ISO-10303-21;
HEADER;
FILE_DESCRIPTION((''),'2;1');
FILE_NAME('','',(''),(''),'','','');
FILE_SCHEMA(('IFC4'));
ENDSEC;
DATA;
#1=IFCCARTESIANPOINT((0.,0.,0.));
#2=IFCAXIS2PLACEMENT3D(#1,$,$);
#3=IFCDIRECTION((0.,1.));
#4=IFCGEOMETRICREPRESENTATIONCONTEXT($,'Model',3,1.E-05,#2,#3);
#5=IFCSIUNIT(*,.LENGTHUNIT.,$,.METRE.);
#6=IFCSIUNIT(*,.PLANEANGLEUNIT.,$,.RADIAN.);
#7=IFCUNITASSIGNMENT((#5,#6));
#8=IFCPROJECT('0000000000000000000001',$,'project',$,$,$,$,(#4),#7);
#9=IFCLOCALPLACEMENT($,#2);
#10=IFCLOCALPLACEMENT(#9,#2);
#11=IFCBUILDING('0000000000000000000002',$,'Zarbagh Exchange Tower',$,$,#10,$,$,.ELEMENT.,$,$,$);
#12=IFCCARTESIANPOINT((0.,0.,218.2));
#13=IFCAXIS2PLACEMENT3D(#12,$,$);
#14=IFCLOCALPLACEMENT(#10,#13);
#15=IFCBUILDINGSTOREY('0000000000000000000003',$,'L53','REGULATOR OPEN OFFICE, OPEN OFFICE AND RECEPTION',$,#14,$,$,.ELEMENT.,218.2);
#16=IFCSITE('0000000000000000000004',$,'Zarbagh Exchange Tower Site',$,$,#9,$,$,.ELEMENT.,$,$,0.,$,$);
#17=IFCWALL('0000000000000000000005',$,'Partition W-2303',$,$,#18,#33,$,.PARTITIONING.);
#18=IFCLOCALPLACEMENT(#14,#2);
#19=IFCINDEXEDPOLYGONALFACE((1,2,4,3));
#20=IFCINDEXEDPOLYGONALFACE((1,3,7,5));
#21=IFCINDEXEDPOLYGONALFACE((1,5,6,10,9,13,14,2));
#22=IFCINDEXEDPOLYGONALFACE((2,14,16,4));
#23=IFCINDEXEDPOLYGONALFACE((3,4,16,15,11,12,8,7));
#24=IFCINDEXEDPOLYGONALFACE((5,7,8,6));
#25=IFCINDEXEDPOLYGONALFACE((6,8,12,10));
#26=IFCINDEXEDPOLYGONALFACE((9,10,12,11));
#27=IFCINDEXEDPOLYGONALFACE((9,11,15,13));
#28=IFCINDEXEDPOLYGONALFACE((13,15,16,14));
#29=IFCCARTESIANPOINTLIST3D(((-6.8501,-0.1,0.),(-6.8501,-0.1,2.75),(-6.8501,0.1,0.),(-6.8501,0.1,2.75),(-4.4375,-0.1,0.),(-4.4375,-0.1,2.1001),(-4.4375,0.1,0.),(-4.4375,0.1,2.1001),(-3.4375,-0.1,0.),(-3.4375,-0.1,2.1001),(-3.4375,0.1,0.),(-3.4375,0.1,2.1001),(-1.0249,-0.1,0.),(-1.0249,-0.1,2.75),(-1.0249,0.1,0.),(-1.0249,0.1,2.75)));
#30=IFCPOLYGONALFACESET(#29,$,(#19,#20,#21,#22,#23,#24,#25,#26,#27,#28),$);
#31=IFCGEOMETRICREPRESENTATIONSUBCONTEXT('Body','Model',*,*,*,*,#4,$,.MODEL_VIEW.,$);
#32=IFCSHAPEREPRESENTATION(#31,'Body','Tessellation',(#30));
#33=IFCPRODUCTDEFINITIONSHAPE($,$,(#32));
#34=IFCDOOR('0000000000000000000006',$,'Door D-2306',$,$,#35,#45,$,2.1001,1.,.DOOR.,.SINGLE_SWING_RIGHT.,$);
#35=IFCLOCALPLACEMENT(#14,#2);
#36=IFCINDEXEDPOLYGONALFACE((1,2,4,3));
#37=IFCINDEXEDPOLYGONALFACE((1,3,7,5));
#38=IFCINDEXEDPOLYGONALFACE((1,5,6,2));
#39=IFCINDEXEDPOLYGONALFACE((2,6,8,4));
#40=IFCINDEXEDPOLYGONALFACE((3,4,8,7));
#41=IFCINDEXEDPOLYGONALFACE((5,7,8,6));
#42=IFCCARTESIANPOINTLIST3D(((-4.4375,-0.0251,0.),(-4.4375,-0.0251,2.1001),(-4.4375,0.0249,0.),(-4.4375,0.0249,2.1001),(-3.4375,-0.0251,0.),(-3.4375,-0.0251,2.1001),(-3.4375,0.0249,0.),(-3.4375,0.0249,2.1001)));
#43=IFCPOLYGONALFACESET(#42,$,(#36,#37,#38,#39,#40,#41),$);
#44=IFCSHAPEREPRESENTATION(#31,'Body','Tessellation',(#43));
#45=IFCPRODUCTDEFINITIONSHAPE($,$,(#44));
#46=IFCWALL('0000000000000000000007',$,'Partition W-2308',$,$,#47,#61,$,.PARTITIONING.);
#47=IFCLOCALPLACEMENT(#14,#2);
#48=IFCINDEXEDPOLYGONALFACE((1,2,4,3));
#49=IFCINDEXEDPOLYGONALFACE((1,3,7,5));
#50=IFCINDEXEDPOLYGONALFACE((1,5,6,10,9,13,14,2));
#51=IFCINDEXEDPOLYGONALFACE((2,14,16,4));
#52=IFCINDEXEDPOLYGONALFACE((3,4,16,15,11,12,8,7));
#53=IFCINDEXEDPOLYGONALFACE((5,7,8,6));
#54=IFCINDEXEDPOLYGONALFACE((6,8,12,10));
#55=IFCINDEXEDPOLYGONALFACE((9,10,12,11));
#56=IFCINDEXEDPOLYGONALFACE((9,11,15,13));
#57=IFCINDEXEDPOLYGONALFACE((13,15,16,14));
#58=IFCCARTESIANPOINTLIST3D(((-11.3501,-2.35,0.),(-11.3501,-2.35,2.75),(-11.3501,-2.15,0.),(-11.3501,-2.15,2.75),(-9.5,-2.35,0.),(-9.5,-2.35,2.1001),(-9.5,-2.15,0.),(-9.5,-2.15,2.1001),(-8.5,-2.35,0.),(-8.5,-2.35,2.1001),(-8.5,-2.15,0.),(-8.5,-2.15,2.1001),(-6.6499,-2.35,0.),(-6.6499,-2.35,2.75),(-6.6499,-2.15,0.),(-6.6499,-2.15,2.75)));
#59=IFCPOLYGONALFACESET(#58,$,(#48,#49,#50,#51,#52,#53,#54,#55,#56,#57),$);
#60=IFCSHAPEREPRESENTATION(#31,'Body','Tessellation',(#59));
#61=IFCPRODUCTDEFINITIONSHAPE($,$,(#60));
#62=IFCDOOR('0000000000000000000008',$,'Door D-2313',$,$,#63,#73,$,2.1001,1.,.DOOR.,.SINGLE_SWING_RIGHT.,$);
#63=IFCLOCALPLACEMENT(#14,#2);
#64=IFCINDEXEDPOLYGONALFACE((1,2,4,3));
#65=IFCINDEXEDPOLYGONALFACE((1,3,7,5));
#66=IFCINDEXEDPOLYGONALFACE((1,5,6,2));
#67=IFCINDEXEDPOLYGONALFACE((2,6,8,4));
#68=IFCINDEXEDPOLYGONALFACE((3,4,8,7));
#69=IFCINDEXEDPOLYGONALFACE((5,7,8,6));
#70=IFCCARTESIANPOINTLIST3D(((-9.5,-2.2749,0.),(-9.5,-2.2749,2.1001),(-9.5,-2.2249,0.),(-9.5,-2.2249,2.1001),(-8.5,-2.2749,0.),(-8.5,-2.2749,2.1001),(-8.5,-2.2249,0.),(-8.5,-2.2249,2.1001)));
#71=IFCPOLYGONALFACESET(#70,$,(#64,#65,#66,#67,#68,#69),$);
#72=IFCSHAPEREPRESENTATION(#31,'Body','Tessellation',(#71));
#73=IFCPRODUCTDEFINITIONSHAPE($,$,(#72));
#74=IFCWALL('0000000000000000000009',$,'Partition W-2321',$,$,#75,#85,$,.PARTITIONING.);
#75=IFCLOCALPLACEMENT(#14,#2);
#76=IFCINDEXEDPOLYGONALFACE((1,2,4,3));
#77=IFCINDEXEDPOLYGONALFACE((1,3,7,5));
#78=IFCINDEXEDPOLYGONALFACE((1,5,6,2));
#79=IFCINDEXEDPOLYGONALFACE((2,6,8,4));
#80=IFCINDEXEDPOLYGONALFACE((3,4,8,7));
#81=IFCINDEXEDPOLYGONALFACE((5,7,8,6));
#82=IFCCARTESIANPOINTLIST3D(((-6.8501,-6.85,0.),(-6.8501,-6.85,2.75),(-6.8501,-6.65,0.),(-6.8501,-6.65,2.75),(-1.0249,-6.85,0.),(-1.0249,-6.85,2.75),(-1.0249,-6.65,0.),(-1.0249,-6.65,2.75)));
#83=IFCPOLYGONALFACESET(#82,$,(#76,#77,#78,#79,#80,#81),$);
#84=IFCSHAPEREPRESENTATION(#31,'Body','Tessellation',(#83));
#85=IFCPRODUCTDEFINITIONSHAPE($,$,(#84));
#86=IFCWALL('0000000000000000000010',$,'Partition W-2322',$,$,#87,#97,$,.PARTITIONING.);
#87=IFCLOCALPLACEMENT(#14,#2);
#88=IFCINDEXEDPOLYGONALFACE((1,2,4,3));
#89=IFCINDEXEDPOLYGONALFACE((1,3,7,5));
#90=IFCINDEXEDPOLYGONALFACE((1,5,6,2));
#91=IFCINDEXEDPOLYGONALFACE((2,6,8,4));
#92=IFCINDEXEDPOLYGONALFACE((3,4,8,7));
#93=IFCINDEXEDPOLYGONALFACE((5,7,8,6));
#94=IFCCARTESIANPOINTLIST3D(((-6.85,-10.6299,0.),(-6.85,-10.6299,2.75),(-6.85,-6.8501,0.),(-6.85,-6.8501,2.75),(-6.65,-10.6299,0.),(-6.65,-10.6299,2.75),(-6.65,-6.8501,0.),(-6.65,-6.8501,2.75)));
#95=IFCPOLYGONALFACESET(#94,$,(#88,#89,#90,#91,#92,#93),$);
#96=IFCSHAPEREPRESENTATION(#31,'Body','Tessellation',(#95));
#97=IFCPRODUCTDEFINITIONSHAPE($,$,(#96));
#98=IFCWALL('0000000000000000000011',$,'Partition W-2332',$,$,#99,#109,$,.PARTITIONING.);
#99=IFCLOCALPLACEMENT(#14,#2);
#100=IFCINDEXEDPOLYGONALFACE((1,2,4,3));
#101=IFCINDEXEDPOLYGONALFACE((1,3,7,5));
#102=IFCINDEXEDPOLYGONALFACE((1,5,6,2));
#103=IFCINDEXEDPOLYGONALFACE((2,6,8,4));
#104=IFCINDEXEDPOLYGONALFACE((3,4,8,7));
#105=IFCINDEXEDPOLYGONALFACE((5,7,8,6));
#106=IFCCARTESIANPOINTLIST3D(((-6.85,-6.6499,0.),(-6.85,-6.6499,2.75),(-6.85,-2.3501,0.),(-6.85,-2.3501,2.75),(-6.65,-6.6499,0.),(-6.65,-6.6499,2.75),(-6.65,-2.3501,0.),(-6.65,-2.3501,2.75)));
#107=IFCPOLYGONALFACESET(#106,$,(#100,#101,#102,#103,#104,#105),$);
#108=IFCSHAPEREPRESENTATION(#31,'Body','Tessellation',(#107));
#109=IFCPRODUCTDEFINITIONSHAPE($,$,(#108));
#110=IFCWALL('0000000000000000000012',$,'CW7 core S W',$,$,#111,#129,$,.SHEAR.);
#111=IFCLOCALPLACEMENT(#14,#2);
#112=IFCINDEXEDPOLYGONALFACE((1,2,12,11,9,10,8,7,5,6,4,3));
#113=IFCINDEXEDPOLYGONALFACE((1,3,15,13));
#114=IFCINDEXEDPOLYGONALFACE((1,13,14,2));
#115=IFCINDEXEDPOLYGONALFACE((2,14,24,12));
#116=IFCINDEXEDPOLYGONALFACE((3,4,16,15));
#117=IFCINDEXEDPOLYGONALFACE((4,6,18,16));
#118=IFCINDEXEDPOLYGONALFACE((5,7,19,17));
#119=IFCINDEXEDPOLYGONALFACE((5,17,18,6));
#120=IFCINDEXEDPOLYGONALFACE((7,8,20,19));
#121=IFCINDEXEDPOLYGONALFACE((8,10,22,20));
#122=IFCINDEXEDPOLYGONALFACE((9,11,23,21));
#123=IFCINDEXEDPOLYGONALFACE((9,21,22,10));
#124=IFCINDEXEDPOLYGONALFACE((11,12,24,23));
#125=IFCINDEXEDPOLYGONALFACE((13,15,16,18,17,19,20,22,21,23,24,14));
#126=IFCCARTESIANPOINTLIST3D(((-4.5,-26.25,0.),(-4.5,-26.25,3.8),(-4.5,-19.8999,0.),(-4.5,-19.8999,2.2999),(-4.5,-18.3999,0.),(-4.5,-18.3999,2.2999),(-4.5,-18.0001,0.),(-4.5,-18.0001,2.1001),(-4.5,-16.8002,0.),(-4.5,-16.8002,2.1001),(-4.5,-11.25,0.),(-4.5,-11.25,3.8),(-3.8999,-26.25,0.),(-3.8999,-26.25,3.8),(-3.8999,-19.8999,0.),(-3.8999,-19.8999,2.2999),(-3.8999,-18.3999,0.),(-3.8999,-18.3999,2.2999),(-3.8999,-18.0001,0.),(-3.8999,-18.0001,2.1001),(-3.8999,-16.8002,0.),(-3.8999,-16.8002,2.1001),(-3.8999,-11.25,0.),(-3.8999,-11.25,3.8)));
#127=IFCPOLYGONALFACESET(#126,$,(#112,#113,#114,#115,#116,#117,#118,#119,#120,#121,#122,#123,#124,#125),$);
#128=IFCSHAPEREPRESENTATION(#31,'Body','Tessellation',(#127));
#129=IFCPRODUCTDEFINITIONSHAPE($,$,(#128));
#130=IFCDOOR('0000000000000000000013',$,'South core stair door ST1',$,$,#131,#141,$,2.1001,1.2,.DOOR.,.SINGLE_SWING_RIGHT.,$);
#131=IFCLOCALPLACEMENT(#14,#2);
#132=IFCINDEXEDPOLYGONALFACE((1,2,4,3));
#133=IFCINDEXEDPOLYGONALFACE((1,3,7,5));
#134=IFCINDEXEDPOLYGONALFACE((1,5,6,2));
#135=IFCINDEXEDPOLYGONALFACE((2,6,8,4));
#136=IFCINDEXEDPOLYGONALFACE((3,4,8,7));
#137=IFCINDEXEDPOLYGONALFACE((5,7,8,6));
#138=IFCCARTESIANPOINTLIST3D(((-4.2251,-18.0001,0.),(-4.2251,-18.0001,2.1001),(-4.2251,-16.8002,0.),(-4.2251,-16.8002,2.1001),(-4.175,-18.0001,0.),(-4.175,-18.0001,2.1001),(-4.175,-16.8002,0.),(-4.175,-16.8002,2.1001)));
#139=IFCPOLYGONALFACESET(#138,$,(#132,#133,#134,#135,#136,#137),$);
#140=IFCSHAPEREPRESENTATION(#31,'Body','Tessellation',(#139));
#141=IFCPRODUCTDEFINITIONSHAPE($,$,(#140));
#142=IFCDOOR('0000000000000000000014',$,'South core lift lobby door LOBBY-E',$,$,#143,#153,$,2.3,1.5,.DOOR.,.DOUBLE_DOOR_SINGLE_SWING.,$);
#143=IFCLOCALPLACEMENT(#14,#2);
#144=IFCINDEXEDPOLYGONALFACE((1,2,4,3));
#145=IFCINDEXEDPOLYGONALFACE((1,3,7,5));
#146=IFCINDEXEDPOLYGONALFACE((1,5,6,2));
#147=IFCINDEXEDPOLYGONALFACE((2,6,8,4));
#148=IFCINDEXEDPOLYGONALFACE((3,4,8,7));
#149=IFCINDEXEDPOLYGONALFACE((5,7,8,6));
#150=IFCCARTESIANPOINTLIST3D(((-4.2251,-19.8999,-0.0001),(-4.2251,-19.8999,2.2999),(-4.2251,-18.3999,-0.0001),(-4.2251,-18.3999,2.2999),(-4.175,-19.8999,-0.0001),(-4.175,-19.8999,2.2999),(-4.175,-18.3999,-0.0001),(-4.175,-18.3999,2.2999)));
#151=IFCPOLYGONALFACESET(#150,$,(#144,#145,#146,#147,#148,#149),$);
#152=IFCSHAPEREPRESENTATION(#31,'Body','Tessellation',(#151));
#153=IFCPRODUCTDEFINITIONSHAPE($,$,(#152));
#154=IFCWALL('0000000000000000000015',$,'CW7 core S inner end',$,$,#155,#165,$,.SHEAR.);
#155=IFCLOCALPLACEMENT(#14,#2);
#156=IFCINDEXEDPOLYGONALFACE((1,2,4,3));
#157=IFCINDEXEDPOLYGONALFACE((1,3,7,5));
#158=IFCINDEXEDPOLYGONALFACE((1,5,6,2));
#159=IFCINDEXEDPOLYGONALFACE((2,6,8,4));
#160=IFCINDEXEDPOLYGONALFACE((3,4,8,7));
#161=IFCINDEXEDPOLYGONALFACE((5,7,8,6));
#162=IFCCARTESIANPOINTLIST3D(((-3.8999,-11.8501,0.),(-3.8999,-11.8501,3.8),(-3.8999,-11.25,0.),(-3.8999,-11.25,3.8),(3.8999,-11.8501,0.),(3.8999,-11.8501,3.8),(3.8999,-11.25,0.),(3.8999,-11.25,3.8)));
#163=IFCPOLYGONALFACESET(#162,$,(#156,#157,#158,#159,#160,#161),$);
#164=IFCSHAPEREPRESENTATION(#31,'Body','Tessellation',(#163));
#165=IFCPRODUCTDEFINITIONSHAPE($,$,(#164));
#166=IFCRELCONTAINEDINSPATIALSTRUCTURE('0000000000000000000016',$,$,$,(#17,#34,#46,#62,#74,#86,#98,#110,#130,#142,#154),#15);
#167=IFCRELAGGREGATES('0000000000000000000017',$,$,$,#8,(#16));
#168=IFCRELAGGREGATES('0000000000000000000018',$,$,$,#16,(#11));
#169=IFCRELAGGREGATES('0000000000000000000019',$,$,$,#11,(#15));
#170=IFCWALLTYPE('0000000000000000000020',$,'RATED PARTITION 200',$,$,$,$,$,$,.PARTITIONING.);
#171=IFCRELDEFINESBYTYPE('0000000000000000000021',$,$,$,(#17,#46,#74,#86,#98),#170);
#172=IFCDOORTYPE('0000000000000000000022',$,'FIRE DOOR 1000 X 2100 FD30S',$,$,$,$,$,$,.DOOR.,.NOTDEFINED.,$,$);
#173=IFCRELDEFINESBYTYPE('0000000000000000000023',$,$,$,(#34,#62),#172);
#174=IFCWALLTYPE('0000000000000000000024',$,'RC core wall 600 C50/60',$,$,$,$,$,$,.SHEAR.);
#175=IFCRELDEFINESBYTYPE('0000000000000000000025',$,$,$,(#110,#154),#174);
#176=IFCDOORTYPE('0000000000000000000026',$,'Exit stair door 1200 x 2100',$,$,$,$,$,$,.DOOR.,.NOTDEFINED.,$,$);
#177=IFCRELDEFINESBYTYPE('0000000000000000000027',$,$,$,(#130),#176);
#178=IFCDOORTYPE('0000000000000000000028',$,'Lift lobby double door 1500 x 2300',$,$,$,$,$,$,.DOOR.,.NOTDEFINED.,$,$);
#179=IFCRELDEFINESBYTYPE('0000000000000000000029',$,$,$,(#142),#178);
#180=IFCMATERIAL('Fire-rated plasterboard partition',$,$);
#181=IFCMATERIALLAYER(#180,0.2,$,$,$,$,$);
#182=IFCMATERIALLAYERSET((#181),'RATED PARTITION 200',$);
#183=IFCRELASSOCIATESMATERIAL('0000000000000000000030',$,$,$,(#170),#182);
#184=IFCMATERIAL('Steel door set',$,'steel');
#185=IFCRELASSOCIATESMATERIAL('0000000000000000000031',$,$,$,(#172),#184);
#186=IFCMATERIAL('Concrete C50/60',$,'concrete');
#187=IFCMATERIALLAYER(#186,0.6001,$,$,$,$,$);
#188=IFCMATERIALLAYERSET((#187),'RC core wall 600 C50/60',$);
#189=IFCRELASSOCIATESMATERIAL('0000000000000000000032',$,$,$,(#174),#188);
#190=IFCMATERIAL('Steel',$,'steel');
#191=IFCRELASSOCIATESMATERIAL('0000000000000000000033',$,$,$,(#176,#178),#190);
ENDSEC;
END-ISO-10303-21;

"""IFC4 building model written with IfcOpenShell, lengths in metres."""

from ifc_helpers import new_model, si_unit, direction, frame, frame_2d, origin, place, context, subcontext, project, spatial, rectangle, extrude, material, layer, layer_set, type_object, element, fill, save


model = new_model("IFC4")

# Units and contexts
model_context = context("Model", 3, precision=1e-05, world=origin(), true_north=direction((0.0, 1.0)))
body_context = subcontext(model_context, "Body", "Model", "MODEL_VIEW")
ifc_project = project(units=[si_unit("LENGTHUNIT", "METRE"), si_unit("PLANEANGLEUNIT", "RADIAN")], contexts=[model_context])

# Site, building, storey
site_placement = place(None, origin())
site = spatial("IfcSite", under=ifc_project, at=site_placement, Name="Zarbagh Exchange Tower Site", CompositionType="ELEMENT", RefElevation=0.0)
building_placement = place(site_placement, origin())
building = spatial("IfcBuilding", under=site, at=building_placement, Name="Zarbagh Exchange Tower", CompositionType="ELEMENT")
storey_placement = place(building_placement, frame((0.0, 0.0, 218.2)))
storey = spatial("IfcBuildingStorey", under=building, at=storey_placement, Name="L53", Description="REGULATOR OPEN OFFICE, OPEN OFFICE AND RECEPTION", CompositionType="ELEMENT", Elevation=218.2)

# Shared definitions
ifc_material_1 = material(Name="Concrete C50/60", Category="concrete")

# Walls, openings, doors
ifc_material_2 = material(Name="Fire-rated plasterboard partition")
ifc_layer_1 = layer(ifc_material_2, 0.2)
ifc_layer_set_1 = layer_set([ifc_layer_1], Name="RATED PARTITION 200")
wall_type_1 = type_object("IfcWallType", Name="RATED PARTITION 200", PredefinedType="PARTITIONING", material=ifc_layer_set_1)
wall_1_placement = place(storey_placement, frame((-6.8501, 0.0, 0.0), z_axis=(0.0, 0.0, 1.0), x_axis=(1.0, 0.0, 0.0)))
wall_1 = element("IfcWall", 1, at=wall_1_placement, inside=storey, type_object=wall_type_1, Name="Partition W-2303", PredefinedType="PARTITIONING", context=body_context, shape_type="SweptSolid", body=[
    extrude(rectangle(XDim=5.8252, YDim=0.2, at=frame_2d((2.9126, 0.0))), origin(), (0.0, 0.0, 1.0), 2.75),
])
opening_1_placement = place(wall_1_placement, frame((2.4126, 0.0, 0.0)))
opening_1 = element("IfcOpeningElement", 2, at=opening_1_placement, cuts=wall_1, PredefinedType="OPENING", context=body_context, shape_type="SweptSolid", body=[
    extrude(rectangle(XDim=1.0, YDim=2.1001, at=frame_2d((0.5, 1.05))), frame((0.0, 0.1099, 0.0), z_axis=(0.0, -1.0, 0.0), x_axis=(1.0, 0.0, 0.0)), (0.0, 0.0, 1.0), 0.22),
])
ifc_material_3 = material(Name="Steel door set", Category="steel")
door_type_1 = type_object("IfcDoorType", Name="FIRE DOOR 1000 X 2100 FD30S", OperationType="NOTDEFINED", PredefinedType="DOOR", material=ifc_material_3)
door_1_placement = place(opening_1_placement, origin())
door_1 = element("IfcDoor", 3, at=door_1_placement, inside=storey, type_object=door_type_1, Name="Door D-2306", OperationType="SINGLE_SWING_RIGHT", OverallHeight=2.1001, OverallWidth=1.0, PredefinedType="DOOR", context=body_context, shape_type="SweptSolid", body=[
    extrude(rectangle(XDim=1.0, YDim=2.1001, at=frame_2d((0.5, 1.05))), frame((0.0, 0.0249, 0.0), z_axis=(0.0, -1.0, 0.0), x_axis=(1.0, 0.0, 0.0)), (0.0, 0.0, 1.0), 0.05),
])
fill(opening_1, door_1)
wall_2_placement = place(storey_placement, frame((-6.6499, -2.25, 0.0), z_axis=(0.0, 0.0, 1.0), x_axis=(-1.0, 0.0, 0.0)))
wall_2 = element("IfcWall", 4, at=wall_2_placement, inside=storey, type_object=wall_type_1, Name="Partition W-2308", PredefinedType="PARTITIONING", context=body_context, shape_type="SweptSolid", body=[
    extrude(rectangle(XDim=4.7002, YDim=0.2, at=frame_2d((2.3501, 0.0))), origin(), (0.0, 0.0, 1.0), 2.75),
])
opening_2_placement = place(wall_2_placement, frame((1.8501, 0.0, 0.0)))
opening_2 = element("IfcOpeningElement", 5, at=opening_2_placement, cuts=wall_2, PredefinedType="OPENING", context=body_context, shape_type="SweptSolid", body=[
    extrude(rectangle(XDim=1.0, YDim=2.1001, at=frame_2d((0.5, 1.05))), frame((0.0, 0.1099, 0.0), z_axis=(0.0, -1.0, 0.0), x_axis=(1.0, 0.0, 0.0)), (0.0, 0.0, 1.0), 0.22),
])
door_2_placement = place(opening_2_placement, origin())
door_2 = element("IfcDoor", 6, at=door_2_placement, inside=storey, type_object=door_type_1, Name="Door D-2313", OperationType="SINGLE_SWING_RIGHT", OverallHeight=2.1001, OverallWidth=1.0, PredefinedType="DOOR", context=body_context, shape_type="SweptSolid", body=[
    extrude(rectangle(XDim=1.0, YDim=2.1001, at=frame_2d((0.5, 1.05))), frame((0.0, 0.0249, 0.0), z_axis=(0.0, -1.0, 0.0), x_axis=(1.0, 0.0, 0.0)), (0.0, 0.0, 1.0), 0.05),
])
fill(opening_2, door_2)

# Walls
wall_3_placement = place(storey_placement, frame((-6.8501, -6.75, 0.0), z_axis=(0.0, 0.0, 1.0), x_axis=(1.0, 0.0, 0.0)))
element("IfcWall", 7, at=wall_3_placement, inside=storey, type_object=wall_type_1, Name="Partition W-2321", PredefinedType="PARTITIONING", context=body_context, shape_type="SweptSolid", body=[
    extrude(rectangle(XDim=5.8252, YDim=0.2, at=frame_2d((2.9126, 0.0))), origin(), (0.0, 0.0, 1.0), 2.75),
])
wall_4_placement = place(storey_placement, frame((-6.75, -10.6299, 0.0), z_axis=(0.0, 0.0, 1.0), x_axis=(0.0, 1.0, 0.0)))
element("IfcWall", 8, at=wall_4_placement, inside=storey, type_object=wall_type_1, Name="Partition W-2322", PredefinedType="PARTITIONING", context=body_context, shape_type="SweptSolid", body=[
    extrude(rectangle(XDim=3.7798, YDim=0.2, at=frame_2d((1.8899, 0.0))), origin(), (0.0, 0.0, 1.0), 2.75),
])
wall_5_placement = place(storey_placement, frame((-6.75, -6.6499, 0.0), z_axis=(0.0, 0.0, 1.0), x_axis=(0.0, 1.0, 0.0)))
element("IfcWall", 9, at=wall_5_placement, inside=storey, type_object=wall_type_1, Name="Partition W-2332", PredefinedType="PARTITIONING", context=body_context, shape_type="SweptSolid", body=[
    extrude(rectangle(XDim=4.2998, YDim=0.2, at=frame_2d((2.1499, 0.0))), origin(), (0.0, 0.0, 1.0), 2.75),
])

# Wall, openings, doors
ifc_layer_2 = layer(ifc_material_1, 0.6001)
ifc_layer_set_2 = layer_set([ifc_layer_2], Name="RC core wall 600 C50/60")
wall_type_2 = type_object("IfcWallType", Name="RC core wall 600 C50/60", PredefinedType="SHEAR", material=ifc_layer_set_2)
wall_6_placement = place(storey_placement, frame((-4.2, -11.25, 0.0), z_axis=(0.0, 0.0, 1.0), x_axis=(0.0, -1.0, 0.0)))
wall_6 = element("IfcWall", 10, at=wall_6_placement, inside=storey, type_object=wall_type_2, Name="CW7 core S W", PredefinedType="SHEAR", context=body_context, shape_type="SweptSolid", body=[
    extrude(rectangle(XDim=15.0, YDim=0.6001, at=frame_2d((7.5, 0.0))), origin(), (0.0, 0.0, 1.0), 3.8),
])
opening_3_placement = place(wall_6_placement, frame((7.1499, 0.0, 0.0)))
opening_3 = element("IfcOpeningElement", 11, at=opening_3_placement, cuts=wall_6, PredefinedType="OPENING", context=body_context, shape_type="SweptSolid", body=[
    extrude(rectangle(XDim=1.5, YDim=2.3, at=frame_2d((0.75, 1.1499))), frame((0.0, 0.3101, 0.0), z_axis=(0.0, -1.0, 0.0), x_axis=(1.0, 0.0, 0.0)), (0.0, 0.0, 1.0), 0.6201),
])
opening_4_placement = place(wall_6_placement, frame((5.55, 0.0, 0.0)))
opening_4 = element("IfcOpeningElement", 12, at=opening_4_placement, cuts=wall_6, PredefinedType="OPENING", context=body_context, shape_type="SweptSolid", body=[
    extrude(rectangle(XDim=1.2, YDim=2.1001, at=frame_2d((0.6001, 1.05))), frame((0.0, 0.3101, 0.0), z_axis=(0.0, -1.0, 0.0), x_axis=(1.0, 0.0, 0.0)), (0.0, 0.0, 1.0), 0.6201),
])
ifc_material_4 = material(Name="Steel", Category="steel")
door_type_2 = type_object("IfcDoorType", Name="Exit stair door 1200 x 2100", OperationType="NOTDEFINED", PredefinedType="DOOR", material=ifc_material_4)
door_3_placement = place(opening_4_placement, origin())
door_3 = element("IfcDoor", 13, at=door_3_placement, inside=storey, type_object=door_type_2, Name="South core stair door ST1", OperationType="SINGLE_SWING_RIGHT", OverallHeight=2.1001, OverallWidth=1.2, PredefinedType="DOOR", context=body_context, shape_type="SweptSolid", body=[
    extrude(rectangle(XDim=1.2, YDim=2.1001, at=frame_2d((0.6001, 1.05))), frame((0.0, 0.0249, 0.0), z_axis=(0.0, -1.0, 0.0), x_axis=(1.0, 0.0, 0.0)), (0.0, 0.0, 1.0), 0.05),
])
fill(opening_4, door_3)
door_type_3 = type_object("IfcDoorType", Name="Lift lobby double door 1500 x 2300", OperationType="NOTDEFINED", PredefinedType="DOOR", material=ifc_material_4)
door_4_placement = place(opening_3_placement, origin())
door_4 = element("IfcDoor", 14, at=door_4_placement, inside=storey, type_object=door_type_3, Name="South core lift lobby door LOBBY-E", OperationType="DOUBLE_DOOR_SINGLE_SWING", OverallHeight=2.3, OverallWidth=1.5, PredefinedType="DOOR", context=body_context, shape_type="SweptSolid", body=[
    extrude(rectangle(XDim=1.5, YDim=2.3, at=frame_2d((0.75, 1.1499))), frame((0.0, 0.0249, 0.0), z_axis=(0.0, -1.0, 0.0), x_axis=(1.0, 0.0, 0.0)), (0.0, 0.0, 1.0), 0.05),
])
fill(opening_3, door_4)

# Wall
wall_7_placement = place(storey_placement, frame((-3.8999, -11.55, 0.0), z_axis=(0.0, 0.0, 1.0), x_axis=(1.0, 0.0, 0.0)))
element("IfcWall", 15, at=wall_7_placement, inside=storey, type_object=wall_type_2, Name="CW7 core S inner end", PredefinedType="SHEAR", context=body_context, shape_type="SweptSolid", body=[
    extrude(rectangle(XDim=7.7998, YDim=0.6001, at=frame_2d((3.8999, 0.0))), origin(), (0.0, 0.0, 1.0), 3.8),
])

save(model, "model.ifc")
